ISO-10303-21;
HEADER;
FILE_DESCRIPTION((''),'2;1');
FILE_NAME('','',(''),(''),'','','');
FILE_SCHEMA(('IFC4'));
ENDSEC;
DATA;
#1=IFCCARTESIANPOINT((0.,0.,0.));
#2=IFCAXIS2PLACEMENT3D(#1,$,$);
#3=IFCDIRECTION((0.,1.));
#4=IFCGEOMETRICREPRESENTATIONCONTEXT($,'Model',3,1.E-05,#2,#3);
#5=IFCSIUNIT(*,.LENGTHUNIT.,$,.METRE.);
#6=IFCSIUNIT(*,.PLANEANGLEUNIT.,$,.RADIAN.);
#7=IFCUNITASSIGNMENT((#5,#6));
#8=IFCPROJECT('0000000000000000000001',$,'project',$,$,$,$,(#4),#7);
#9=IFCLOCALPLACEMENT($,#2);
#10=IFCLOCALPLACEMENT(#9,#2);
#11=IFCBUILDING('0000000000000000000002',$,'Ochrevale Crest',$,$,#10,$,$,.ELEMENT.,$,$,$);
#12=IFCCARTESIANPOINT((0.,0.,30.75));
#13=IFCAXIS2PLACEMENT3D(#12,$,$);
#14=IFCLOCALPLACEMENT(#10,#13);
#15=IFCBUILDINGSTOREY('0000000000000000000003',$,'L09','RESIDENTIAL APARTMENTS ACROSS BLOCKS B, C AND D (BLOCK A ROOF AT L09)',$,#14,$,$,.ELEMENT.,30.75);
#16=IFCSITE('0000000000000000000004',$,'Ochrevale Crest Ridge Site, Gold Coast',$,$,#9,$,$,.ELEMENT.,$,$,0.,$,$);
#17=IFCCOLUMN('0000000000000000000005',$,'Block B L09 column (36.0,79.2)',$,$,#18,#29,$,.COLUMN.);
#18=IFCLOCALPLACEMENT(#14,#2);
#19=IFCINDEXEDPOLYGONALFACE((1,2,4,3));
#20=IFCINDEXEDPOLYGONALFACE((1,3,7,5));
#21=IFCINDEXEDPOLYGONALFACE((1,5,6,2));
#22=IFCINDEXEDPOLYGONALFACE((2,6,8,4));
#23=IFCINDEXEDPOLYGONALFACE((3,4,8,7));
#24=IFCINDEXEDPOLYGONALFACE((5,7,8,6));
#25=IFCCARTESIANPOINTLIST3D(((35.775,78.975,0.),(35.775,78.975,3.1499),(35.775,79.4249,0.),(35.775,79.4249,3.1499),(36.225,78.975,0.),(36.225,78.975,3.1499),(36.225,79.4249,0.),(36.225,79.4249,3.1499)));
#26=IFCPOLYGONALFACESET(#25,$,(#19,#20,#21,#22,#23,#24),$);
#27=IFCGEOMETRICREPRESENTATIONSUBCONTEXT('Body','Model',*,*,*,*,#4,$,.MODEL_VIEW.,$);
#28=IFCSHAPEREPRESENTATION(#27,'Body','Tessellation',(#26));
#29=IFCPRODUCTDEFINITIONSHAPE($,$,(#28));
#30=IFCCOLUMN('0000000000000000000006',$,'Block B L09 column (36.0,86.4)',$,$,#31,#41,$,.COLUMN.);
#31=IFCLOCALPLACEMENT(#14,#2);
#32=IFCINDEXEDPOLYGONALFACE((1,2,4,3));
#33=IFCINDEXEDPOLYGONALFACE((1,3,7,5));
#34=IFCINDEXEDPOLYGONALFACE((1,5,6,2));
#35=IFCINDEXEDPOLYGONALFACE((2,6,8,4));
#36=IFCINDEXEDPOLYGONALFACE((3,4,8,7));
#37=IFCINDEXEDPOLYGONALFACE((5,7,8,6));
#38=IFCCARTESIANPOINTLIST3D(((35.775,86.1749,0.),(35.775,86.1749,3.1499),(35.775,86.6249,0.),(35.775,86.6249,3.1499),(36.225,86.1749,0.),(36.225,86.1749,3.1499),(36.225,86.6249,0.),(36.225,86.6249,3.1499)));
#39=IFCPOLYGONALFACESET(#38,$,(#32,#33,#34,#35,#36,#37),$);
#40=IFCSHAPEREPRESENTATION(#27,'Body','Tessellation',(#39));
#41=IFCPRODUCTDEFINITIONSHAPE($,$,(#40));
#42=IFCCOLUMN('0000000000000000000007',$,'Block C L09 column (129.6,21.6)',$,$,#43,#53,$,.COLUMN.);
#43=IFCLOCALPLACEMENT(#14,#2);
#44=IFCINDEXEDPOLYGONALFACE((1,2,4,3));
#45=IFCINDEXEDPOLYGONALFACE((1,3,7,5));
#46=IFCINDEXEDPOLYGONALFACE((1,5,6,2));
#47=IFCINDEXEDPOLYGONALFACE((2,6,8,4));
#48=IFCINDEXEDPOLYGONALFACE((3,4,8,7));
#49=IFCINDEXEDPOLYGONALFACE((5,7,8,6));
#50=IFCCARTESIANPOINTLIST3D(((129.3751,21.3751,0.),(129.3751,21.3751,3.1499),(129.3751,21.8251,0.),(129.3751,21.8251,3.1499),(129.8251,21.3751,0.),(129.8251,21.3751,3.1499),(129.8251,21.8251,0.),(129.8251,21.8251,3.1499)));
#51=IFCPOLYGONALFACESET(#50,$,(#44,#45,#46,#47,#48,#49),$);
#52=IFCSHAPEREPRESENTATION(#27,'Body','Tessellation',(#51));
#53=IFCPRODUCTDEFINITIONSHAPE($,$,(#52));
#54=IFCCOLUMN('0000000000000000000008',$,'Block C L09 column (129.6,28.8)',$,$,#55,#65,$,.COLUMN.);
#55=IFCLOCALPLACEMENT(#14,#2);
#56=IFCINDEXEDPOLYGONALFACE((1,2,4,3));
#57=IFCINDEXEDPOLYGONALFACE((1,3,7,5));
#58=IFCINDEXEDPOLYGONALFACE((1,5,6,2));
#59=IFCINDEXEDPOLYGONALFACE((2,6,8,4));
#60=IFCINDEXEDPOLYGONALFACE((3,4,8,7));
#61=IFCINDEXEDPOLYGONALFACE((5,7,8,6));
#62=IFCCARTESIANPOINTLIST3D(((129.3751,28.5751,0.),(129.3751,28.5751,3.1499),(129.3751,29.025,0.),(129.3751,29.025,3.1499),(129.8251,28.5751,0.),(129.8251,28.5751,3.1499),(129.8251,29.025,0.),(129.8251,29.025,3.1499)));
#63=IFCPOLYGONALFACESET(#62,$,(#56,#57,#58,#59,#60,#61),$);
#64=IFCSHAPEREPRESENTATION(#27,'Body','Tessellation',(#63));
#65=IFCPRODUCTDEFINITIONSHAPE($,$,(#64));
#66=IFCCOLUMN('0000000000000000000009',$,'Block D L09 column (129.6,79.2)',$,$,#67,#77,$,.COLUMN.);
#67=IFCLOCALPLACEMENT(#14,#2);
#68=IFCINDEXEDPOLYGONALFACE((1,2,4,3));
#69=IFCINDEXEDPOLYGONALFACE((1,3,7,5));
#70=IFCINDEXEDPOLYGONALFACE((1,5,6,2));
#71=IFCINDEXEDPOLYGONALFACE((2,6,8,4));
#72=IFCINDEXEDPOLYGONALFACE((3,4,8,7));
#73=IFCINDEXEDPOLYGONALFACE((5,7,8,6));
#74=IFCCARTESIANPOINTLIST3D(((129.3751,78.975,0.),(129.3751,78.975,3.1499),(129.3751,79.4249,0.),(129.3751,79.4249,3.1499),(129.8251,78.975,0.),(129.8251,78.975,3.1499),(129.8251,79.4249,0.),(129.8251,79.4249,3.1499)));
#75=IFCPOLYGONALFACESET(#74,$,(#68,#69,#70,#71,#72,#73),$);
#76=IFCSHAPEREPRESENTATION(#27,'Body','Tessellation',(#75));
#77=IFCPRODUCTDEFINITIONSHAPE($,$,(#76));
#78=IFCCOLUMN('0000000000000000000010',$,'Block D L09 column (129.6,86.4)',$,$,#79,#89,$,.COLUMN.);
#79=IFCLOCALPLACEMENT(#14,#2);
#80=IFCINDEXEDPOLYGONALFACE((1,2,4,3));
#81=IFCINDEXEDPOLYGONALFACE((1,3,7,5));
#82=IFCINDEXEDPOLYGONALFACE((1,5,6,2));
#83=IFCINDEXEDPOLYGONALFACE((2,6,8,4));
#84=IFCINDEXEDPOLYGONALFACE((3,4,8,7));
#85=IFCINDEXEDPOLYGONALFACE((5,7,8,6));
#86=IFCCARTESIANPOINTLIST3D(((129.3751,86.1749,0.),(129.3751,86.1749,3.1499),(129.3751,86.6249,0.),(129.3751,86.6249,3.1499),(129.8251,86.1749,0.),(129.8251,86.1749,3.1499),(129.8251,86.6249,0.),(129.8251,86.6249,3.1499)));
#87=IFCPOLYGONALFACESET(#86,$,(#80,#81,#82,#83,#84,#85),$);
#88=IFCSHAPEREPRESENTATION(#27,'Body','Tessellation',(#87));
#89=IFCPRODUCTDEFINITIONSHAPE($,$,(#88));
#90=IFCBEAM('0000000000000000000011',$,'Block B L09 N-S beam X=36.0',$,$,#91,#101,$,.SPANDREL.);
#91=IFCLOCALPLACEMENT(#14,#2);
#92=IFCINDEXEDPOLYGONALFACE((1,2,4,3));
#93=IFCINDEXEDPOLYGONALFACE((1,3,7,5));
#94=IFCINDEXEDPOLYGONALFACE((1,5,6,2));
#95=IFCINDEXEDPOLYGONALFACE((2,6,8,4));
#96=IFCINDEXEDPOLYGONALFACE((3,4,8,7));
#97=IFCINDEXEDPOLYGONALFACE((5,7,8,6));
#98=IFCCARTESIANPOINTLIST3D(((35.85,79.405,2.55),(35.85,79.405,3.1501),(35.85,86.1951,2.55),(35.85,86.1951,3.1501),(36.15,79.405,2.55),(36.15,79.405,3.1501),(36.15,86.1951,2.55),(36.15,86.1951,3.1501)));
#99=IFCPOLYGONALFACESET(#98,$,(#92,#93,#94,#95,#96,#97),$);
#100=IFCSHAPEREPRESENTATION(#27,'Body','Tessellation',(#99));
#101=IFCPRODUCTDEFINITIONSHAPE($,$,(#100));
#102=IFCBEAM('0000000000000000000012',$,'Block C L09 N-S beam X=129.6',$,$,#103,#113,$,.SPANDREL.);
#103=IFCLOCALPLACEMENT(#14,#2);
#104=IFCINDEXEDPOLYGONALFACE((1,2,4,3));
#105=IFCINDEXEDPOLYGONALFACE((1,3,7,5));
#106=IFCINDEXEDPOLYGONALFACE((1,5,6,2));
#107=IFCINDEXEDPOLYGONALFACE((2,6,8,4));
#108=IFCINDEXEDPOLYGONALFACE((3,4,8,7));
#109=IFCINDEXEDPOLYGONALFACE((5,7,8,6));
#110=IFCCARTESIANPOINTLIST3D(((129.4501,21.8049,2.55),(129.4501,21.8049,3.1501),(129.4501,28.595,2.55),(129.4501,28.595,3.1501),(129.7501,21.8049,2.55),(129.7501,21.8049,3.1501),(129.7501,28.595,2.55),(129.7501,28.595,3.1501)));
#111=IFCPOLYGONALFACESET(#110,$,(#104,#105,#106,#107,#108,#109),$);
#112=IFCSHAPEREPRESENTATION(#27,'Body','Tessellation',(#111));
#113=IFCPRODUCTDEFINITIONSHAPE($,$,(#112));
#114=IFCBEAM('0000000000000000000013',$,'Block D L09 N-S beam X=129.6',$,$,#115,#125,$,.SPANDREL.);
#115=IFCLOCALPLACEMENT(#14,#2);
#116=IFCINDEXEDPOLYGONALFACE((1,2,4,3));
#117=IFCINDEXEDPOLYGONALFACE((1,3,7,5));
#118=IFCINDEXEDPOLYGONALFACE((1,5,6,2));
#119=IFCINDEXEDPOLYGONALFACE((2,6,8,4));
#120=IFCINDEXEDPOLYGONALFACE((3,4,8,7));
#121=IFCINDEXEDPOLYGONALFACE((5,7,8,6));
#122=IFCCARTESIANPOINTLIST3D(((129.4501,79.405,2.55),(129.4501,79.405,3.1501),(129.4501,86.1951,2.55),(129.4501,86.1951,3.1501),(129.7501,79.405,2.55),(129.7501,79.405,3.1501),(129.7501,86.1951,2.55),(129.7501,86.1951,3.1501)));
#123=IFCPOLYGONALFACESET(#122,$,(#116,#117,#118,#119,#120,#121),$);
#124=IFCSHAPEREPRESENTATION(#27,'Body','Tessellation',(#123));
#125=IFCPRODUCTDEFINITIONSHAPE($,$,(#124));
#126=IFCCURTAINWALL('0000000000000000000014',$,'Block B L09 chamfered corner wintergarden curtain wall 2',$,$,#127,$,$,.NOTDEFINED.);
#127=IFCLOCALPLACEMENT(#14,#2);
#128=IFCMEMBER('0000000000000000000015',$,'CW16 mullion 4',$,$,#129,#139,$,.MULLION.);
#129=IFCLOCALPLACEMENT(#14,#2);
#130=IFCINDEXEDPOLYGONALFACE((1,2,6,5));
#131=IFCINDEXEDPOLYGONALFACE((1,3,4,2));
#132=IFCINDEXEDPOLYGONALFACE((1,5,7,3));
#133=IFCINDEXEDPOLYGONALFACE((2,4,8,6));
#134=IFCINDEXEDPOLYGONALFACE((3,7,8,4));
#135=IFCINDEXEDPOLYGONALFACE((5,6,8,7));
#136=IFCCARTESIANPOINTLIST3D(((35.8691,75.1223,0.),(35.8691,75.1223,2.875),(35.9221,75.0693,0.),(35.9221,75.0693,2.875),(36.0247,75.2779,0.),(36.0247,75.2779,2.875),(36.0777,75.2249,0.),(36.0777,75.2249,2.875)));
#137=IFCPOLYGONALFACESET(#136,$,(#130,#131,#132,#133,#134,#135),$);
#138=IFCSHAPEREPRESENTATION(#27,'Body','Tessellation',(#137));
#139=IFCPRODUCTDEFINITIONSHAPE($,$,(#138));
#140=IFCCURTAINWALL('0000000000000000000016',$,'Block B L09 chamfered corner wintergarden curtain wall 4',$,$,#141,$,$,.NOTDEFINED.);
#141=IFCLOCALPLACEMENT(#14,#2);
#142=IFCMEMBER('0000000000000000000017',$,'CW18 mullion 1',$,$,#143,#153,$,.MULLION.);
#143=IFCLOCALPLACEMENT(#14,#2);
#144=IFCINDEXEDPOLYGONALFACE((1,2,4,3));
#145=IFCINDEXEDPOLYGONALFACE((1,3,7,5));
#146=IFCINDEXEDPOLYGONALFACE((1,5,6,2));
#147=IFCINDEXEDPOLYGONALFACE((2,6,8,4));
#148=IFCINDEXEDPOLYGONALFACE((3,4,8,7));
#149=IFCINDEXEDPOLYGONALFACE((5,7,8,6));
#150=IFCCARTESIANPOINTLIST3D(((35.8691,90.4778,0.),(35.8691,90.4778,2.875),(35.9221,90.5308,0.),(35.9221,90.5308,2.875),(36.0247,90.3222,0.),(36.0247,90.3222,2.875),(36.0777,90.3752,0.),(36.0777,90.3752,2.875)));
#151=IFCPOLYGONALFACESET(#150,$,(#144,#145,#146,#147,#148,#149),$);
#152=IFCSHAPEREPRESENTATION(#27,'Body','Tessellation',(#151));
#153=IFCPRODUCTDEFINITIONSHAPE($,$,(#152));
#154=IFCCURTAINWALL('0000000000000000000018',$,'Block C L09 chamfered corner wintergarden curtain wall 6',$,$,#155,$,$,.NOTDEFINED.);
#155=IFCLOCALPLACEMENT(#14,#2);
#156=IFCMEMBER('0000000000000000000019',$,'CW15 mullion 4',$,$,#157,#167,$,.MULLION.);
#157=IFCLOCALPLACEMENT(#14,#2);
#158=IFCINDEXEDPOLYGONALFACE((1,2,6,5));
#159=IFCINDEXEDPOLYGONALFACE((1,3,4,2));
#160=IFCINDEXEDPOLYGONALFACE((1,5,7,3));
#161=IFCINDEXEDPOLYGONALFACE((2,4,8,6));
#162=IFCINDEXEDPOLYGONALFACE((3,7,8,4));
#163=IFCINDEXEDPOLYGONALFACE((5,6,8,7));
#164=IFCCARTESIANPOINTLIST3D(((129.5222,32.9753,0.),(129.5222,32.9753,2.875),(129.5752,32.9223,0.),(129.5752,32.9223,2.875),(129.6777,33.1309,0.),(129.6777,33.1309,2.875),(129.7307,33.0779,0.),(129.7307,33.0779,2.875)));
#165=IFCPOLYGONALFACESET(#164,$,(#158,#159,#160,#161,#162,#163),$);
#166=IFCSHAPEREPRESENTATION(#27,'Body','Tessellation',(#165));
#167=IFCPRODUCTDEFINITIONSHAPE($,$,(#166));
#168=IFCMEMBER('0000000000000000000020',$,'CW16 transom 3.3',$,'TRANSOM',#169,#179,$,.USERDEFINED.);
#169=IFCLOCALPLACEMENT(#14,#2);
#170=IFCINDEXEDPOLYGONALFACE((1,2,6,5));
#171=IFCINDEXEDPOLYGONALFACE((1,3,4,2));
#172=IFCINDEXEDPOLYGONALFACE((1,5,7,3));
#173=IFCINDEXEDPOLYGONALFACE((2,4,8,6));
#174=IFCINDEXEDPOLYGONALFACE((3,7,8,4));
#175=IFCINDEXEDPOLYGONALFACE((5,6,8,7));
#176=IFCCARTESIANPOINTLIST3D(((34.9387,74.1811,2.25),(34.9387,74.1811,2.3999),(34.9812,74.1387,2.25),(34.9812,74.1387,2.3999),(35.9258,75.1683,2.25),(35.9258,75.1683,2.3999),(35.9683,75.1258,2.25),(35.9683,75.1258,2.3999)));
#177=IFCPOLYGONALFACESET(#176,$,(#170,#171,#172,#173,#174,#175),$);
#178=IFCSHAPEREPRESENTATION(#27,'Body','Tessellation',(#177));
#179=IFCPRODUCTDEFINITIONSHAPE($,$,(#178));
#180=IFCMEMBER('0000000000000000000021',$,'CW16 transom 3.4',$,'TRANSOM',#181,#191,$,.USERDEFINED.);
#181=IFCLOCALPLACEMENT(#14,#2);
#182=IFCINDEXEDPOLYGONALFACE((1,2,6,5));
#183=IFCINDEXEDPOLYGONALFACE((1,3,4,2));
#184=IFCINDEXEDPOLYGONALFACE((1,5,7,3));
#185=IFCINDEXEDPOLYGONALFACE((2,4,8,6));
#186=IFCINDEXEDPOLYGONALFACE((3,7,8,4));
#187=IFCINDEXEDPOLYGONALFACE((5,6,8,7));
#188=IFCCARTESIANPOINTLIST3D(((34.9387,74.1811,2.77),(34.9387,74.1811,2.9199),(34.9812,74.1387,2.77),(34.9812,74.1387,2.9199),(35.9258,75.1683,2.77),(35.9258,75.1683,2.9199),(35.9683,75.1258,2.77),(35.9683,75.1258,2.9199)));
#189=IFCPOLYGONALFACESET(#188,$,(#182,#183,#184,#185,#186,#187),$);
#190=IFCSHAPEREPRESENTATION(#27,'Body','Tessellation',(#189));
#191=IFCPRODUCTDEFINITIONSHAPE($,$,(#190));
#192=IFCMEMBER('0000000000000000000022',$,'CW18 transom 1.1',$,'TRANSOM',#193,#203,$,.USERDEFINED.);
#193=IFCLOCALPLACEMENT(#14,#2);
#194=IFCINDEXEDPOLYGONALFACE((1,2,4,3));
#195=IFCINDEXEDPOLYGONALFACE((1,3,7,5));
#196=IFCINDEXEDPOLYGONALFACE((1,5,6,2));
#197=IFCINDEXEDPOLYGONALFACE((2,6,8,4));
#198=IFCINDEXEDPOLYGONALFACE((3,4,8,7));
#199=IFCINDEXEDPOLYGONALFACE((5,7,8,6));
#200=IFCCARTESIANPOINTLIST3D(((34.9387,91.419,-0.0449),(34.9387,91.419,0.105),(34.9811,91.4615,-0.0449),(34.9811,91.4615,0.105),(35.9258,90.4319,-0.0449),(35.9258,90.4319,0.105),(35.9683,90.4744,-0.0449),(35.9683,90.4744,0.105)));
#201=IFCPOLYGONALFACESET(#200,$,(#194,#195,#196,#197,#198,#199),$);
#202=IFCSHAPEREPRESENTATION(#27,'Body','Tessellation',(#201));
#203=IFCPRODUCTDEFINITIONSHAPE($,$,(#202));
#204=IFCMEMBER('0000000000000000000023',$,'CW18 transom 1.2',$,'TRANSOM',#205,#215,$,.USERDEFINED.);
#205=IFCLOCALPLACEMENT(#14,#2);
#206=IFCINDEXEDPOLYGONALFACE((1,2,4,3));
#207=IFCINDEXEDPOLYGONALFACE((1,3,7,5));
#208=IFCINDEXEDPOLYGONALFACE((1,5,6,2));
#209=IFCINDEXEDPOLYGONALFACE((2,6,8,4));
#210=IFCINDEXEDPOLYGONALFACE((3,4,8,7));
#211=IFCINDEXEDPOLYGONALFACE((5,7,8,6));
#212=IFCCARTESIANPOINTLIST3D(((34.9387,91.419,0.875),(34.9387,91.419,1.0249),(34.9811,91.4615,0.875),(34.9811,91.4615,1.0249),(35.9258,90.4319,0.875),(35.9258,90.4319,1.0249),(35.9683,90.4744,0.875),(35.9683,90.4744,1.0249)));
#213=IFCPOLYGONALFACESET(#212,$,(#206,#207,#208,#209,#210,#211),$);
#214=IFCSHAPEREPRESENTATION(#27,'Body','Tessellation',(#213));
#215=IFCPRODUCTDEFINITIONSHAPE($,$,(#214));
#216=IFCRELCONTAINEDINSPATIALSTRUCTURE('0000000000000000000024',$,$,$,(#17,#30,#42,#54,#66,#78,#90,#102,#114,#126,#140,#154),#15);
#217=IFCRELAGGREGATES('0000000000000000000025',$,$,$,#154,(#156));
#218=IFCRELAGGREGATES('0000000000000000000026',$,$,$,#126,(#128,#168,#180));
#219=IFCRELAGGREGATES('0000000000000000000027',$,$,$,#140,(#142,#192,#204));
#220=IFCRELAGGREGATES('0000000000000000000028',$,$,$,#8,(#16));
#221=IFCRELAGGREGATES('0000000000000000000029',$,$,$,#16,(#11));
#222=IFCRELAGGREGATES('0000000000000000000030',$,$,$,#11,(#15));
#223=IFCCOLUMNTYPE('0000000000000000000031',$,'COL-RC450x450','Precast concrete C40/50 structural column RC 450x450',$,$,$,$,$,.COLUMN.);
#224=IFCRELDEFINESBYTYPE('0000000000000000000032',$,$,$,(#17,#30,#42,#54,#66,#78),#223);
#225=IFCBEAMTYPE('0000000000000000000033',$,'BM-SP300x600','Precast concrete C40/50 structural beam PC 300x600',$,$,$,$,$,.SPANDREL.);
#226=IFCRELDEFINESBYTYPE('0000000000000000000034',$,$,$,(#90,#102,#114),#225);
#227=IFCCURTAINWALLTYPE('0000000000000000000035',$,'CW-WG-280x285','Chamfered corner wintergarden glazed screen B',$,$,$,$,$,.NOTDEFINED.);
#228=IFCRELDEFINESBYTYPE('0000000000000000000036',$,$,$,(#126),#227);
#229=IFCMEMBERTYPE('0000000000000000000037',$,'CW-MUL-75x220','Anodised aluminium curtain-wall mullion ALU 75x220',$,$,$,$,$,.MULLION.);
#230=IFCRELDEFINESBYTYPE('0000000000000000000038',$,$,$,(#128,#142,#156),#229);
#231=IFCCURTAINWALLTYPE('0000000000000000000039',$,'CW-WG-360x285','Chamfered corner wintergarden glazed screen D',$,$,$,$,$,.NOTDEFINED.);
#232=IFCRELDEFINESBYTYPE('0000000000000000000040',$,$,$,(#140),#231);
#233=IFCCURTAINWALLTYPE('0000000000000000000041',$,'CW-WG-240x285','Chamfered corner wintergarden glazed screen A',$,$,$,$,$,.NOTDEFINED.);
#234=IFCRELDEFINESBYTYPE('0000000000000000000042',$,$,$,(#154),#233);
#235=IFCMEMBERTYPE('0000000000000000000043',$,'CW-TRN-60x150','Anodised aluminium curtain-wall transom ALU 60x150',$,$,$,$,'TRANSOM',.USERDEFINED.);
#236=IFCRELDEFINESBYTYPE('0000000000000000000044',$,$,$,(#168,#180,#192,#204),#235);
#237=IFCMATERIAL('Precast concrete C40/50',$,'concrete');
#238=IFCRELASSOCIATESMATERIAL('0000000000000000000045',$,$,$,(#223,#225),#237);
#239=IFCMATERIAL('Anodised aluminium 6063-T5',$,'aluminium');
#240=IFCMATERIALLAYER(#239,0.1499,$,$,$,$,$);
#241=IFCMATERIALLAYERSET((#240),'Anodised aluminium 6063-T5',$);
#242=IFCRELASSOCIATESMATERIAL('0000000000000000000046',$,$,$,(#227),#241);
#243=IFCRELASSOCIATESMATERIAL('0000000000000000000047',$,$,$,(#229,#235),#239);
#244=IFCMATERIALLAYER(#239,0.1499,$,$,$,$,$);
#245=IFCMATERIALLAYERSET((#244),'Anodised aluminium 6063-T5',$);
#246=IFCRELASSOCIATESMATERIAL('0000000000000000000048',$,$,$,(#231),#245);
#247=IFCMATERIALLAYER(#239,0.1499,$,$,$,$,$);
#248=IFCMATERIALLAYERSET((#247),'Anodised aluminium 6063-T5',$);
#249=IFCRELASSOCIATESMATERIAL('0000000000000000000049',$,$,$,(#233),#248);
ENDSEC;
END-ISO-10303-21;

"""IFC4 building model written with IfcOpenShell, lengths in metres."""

from ifc_helpers import new_model, si_unit, direction, frame, origin, origin_2d, place, context, subcontext, project, spatial, rectangle, extrude, material, layer, layer_set, material_profile, profile_set, type_object, element, aggregate, save


model = new_model("IFC4")

# Units and contexts
model_context = context("Model", 3, precision=1e-05, world=origin(), true_north=direction((0.0, 1.0)))
body_context = subcontext(model_context, "Body", "Model", "MODEL_VIEW")
ifc_project = project(units=[si_unit("LENGTHUNIT", "METRE"), si_unit("PLANEANGLEUNIT", "RADIAN")], contexts=[model_context])

# Site, building, storey
site_placement = place(None, origin())
site = spatial("IfcSite", under=ifc_project, at=site_placement, Name="Ochrevale Crest Ridge Site, Gold Coast", CompositionType="ELEMENT", RefElevation=0.0)
building_placement = place(site_placement, origin())
building = spatial("IfcBuilding", under=site, at=building_placement, Name="Ochrevale Crest", CompositionType="ELEMENT")
storey_placement = place(building_placement, frame((0.0, 0.0, 30.75)))
storey = spatial("IfcBuildingStorey", under=building, at=storey_placement, Name="L09", Description="RESIDENTIAL APARTMENTS ACROSS BLOCKS B, C AND D (BLOCK A ROOF AT L09)", CompositionType="ELEMENT", Elevation=30.75)

# Columns
ifc_material_1 = material(Name="Precast concrete C40/50", Category="concrete")
ifc_material_profile_1 = material_profile(ifc_material_1, rectangle(XDim=0.45, YDim=0.45, at=origin_2d()), Name="RC 450x450")
ifc_profile_set_1 = profile_set([ifc_material_profile_1], Name="Precast concrete C40/50")
column_type = type_object("IfcColumnType", Name="COL-RC450x450", Description="Precast concrete C40/50 structural column RC 450x450", PredefinedType="COLUMN", material=ifc_profile_set_1)
for number, where, z_axis, x_axis, name in (
    (1, (36.0, 79.2, 0.0), (0.0, 0.0, 1.0), (1.0, 0.0, 0.0), "Block B L09 column (36.0,79.2)"),
    (2, (36.0, 86.3999, 0.0), (0.0, 0.0, 1.0), (1.0, 0.0, 0.0), "Block B L09 column (36.0,86.4)"),
    (3, (129.6001, 21.6001, 0.0), (0.0, 0.0, 1.0), (1.0, 0.0, 0.0), "Block C L09 column (129.6,21.6)"),
    (4, (129.6001, 28.8, 0.0), (0.0, 0.0, 1.0), (1.0, 0.0, 0.0), "Block C L09 column (129.6,28.8)"),
    (5, (129.6001, 79.2, 0.0), (0.0, 0.0, 1.0), (1.0, 0.0, 0.0), "Block D L09 column (129.6,79.2)"),
    (6, (129.6001, 86.3999, 0.0), (0.0, 0.0, 1.0), (1.0, 0.0, 0.0), "Block D L09 column (129.6,86.4)"),
):
    element("IfcColumn", number, at=place(storey_placement, frame(where, z_axis=z_axis, x_axis=x_axis)), inside=storey, type_object=column_type, Name=name, PredefinedType="COLUMN", context=body_context, shape_type="SweptSolid", body=[
        extrude(rectangle(XDim=0.45, YDim=0.45, at=origin_2d()), origin(), (0.0, 0.0, 1.0), 3.1499),
    ])

# Beams
ifc_material_profile_2 = material_profile(ifc_material_1, rectangle(XDim=0.3, YDim=0.6001, at=origin_2d()), Name="PC 300x600")
ifc_profile_set_2 = profile_set([ifc_material_profile_2], Name="Precast concrete C40/50")
beam_type = type_object("IfcBeamType", Name="BM-SP300x600", Description="Precast concrete C40/50 structural beam PC 300x600", PredefinedType="SPANDREL", material=ifc_profile_set_2)
for number, where, z_axis, x_axis, name in (
    (7, (36.0, 79.405, 2.8501), (0.0, 1.0, 0.0), (-1.0, 0.0, 0.0), "Block B L09 N-S beam X=36.0"),
    (8, (129.6001, 21.8049, 2.8501), (0.0, 1.0, 0.0), (-1.0, 0.0, 0.0), "Block C L09 N-S beam X=129.6"),
    (9, (129.6001, 79.405, 2.8501), (0.0, 1.0, 0.0), (-1.0, 0.0, 0.0), "Block D L09 N-S beam X=129.6"),
):
    element("IfcBeam", number, at=place(storey_placement, frame(where, z_axis=z_axis, x_axis=x_axis)), inside=storey, type_object=beam_type, Name=name, PredefinedType="SPANDREL", context=body_context, shape_type="SweptSolid", body=[
        extrude(rectangle(XDim=0.3, YDim=0.6001, at=origin_2d()), origin(), (0.0, 0.0, 1.0), 6.79),
    ])

# Curtain walls, members
ifc_material_2 = material(Name="Anodised aluminium 6063-T5", Category="aluminium")
ifc_layer_1 = layer(ifc_material_2, 0.1499)
ifc_layer_set_1 = layer_set([ifc_layer_1], Name="Anodised aluminium 6063-T5")
curtain_wall_type_1 = type_object("IfcCurtainWallType", Name="CW-WG-280x285", Description="Chamfered corner wintergarden glazed screen B", PredefinedType="NOTDEFINED", material=ifc_layer_set_1)
curtain_wall_1_placement = place(storey_placement, origin())
curtain_wall_1 = element("IfcCurtainWall", 10, at=curtain_wall_1_placement, inside=storey, type_object=curtain_wall_type_1, Name="Block B L09 chamfered corner wintergarden curtain wall 2", PredefinedType="NOTDEFINED")
ifc_material_profile_3 = material_profile(ifc_material_2, rectangle(XDim=0.075, YDim=0.22, at=origin_2d()), Name="ALU 75x220")
ifc_profile_set_3 = profile_set([ifc_material_profile_3], Name="Anodised aluminium 6063-T5")
member_type_1 = type_object("IfcMemberType", Name="CW-MUL-75x220", Description="Anodised aluminium curtain-wall mullion ALU 75x220", PredefinedType="MULLION", material=ifc_profile_set_3)
member_1_placement = place(storey_placement, frame((35.9734, 75.1736, 0.0), z_axis=(0.0, 0.0, 1.0), x_axis=(-0.707107, 0.707107, 0.0)))
member_1 = element("IfcMember", 11, at=member_1_placement, type_object=member_type_1, Name="CW16 mullion 4", PredefinedType="MULLION", context=body_context, shape_type="SweptSolid", body=[
    extrude(rectangle(XDim=0.075, YDim=0.22, at=origin_2d()), origin(), (0.0, 0.0, 1.0), 2.875),
])
ifc_layer_2 = layer(ifc_material_2, 0.1499)
ifc_layer_set_2 = layer_set([ifc_layer_2], Name="Anodised aluminium 6063-T5")
curtain_wall_type_2 = type_object("IfcCurtainWallType", Name="CW-WG-360x285", Description="Chamfered corner wintergarden glazed screen D", PredefinedType="NOTDEFINED", material=ifc_layer_set_2)
curtain_wall_2_placement = place(storey_placement, origin())
curtain_wall_2 = element("IfcCurtainWall", 12, at=curtain_wall_2_placement, inside=storey, type_object=curtain_wall_type_2, Name="Block B L09 chamfered corner wintergarden curtain wall 4", PredefinedType="NOTDEFINED")
member_2_placement = place(storey_placement, frame((35.9734, 90.4265, 0.0), z_axis=(0.0, 0.0, 1.0), x_axis=(-0.707107, -0.707107, 0.0)))
member_2 = element("IfcMember", 13, at=member_2_placement, type_object=member_type_1, Name="CW18 mullion 1", PredefinedType="MULLION", context=body_context, shape_type="SweptSolid", body=[
    extrude(rectangle(XDim=0.075, YDim=0.22, at=origin_2d()), origin(), (0.0, 0.0, 1.0), 2.875),
])
ifc_layer_3 = layer(ifc_material_2, 0.1499)
ifc_layer_set_3 = layer_set([ifc_layer_3], Name="Anodised aluminium 6063-T5")
curtain_wall_type_3 = type_object("IfcCurtainWallType", Name="CW-WG-240x285", Description="Chamfered corner wintergarden glazed screen A", PredefinedType="NOTDEFINED", material=ifc_layer_set_3)
curtain_wall_3_placement = place(storey_placement, origin())
curtain_wall_3 = element("IfcCurtainWall", 14, at=curtain_wall_3_placement, inside=storey, type_object=curtain_wall_type_3, Name="Block C L09 chamfered corner wintergarden curtain wall 6", PredefinedType="NOTDEFINED")
member_3_placement = place(storey_placement, frame((129.6265, 33.0266, 0.0), z_axis=(0.0, 0.0, 1.0), x_axis=(0.707107, -0.707107, 0.0)))
member_3 = element("IfcMember", 15, at=member_3_placement, type_object=member_type_1, Name="CW15 mullion 4", PredefinedType="MULLION", context=body_context, shape_type="SweptSolid", body=[
    extrude(rectangle(XDim=0.075, YDim=0.22, at=origin_2d()), origin(), (0.0, 0.0, 1.0), 2.875),
])
aggregate(curtain_wall_3, [member_3])

# Members
ifc_material_profile_4 = material_profile(ifc_material_2, rectangle(XDim=0.0601, YDim=0.1499, at=origin_2d()), Name="ALU 60x150")
ifc_profile_set_4 = profile_set([ifc_material_profile_4], Name="Anodised aluminium 6063-T5")
member_type_2 = type_object("IfcMemberType", Name="CW-TRN-60x150", Description="Anodised aluminium curtain-wall transom ALU 60x150", ElementType="TRANSOM", PredefinedType="USERDEFINED", material=ifc_profile_set_4)
member_4_placement = place(storey_placement, frame((34.96, 74.1599, 2.325), z_axis=(0.707107, 0.707107, 0.0), x_axis=(-0.707107, 0.707107, 0.0)))
member_4 = element("IfcMember", 16, at=member_4_placement, type_object=member_type_2, Name="CW16 transom 3.3", ObjectType="TRANSOM", PredefinedType="USERDEFINED", context=body_context, shape_type="SweptSolid", body=[
    extrude(rectangle(XDim=0.0601, YDim=0.1499, at=origin_2d()), origin(), (0.0, 0.0, 1.0), 1.396),
])
member_5_placement = place(storey_placement, frame((34.96, 74.1599, 2.845), z_axis=(0.707107, 0.707107, 0.0), x_axis=(-0.707107, 0.707107, 0.0)))
member_5 = element("IfcMember", 17, at=member_5_placement, type_object=member_type_2, Name="CW16 transom 3.4", ObjectType="TRANSOM", PredefinedType="USERDEFINED", context=body_context, shape_type="SweptSolid", body=[
    extrude(rectangle(XDim=0.0601, YDim=0.1499, at=origin_2d()), origin(), (0.0, 0.0, 1.0), 1.396),
])
member_6_placement = place(storey_placement, frame((35.947, 90.4531, 0.03), z_axis=(-0.707107, 0.707107, 0.0), x_axis=(-0.707107, -0.707107, 0.0)))
member_6 = element("IfcMember", 18, at=member_6_placement, type_object=member_type_2, Name="CW18 transom 1.1", ObjectType="TRANSOM", PredefinedType="USERDEFINED", context=body_context, shape_type="SweptSolid", body=[
    extrude(rectangle(XDim=0.0601, YDim=0.1499, at=origin_2d()), origin(), (0.0, 0.0, 1.0), 1.396),
])
member_7_placement = place(storey_placement, frame((35.947, 90.4531, 0.95), z_axis=(-0.707107, 0.707107, 0.0), x_axis=(-0.707107, -0.707107, 0.0)))
member_7 = element("IfcMember", 19, at=member_7_placement, type_object=member_type_2, Name="CW18 transom 1.2", ObjectType="TRANSOM", PredefinedType="USERDEFINED", context=body_context, shape_type="SweptSolid", body=[
    extrude(rectangle(XDim=0.0601, YDim=0.1499, at=origin_2d()), origin(), (0.0, 0.0, 1.0), 1.396),
])

aggregate(curtain_wall_1, [member_1, member_4, member_5])
aggregate(curtain_wall_2, [member_2, member_6, member_7])

save(model, "model.ifc")
